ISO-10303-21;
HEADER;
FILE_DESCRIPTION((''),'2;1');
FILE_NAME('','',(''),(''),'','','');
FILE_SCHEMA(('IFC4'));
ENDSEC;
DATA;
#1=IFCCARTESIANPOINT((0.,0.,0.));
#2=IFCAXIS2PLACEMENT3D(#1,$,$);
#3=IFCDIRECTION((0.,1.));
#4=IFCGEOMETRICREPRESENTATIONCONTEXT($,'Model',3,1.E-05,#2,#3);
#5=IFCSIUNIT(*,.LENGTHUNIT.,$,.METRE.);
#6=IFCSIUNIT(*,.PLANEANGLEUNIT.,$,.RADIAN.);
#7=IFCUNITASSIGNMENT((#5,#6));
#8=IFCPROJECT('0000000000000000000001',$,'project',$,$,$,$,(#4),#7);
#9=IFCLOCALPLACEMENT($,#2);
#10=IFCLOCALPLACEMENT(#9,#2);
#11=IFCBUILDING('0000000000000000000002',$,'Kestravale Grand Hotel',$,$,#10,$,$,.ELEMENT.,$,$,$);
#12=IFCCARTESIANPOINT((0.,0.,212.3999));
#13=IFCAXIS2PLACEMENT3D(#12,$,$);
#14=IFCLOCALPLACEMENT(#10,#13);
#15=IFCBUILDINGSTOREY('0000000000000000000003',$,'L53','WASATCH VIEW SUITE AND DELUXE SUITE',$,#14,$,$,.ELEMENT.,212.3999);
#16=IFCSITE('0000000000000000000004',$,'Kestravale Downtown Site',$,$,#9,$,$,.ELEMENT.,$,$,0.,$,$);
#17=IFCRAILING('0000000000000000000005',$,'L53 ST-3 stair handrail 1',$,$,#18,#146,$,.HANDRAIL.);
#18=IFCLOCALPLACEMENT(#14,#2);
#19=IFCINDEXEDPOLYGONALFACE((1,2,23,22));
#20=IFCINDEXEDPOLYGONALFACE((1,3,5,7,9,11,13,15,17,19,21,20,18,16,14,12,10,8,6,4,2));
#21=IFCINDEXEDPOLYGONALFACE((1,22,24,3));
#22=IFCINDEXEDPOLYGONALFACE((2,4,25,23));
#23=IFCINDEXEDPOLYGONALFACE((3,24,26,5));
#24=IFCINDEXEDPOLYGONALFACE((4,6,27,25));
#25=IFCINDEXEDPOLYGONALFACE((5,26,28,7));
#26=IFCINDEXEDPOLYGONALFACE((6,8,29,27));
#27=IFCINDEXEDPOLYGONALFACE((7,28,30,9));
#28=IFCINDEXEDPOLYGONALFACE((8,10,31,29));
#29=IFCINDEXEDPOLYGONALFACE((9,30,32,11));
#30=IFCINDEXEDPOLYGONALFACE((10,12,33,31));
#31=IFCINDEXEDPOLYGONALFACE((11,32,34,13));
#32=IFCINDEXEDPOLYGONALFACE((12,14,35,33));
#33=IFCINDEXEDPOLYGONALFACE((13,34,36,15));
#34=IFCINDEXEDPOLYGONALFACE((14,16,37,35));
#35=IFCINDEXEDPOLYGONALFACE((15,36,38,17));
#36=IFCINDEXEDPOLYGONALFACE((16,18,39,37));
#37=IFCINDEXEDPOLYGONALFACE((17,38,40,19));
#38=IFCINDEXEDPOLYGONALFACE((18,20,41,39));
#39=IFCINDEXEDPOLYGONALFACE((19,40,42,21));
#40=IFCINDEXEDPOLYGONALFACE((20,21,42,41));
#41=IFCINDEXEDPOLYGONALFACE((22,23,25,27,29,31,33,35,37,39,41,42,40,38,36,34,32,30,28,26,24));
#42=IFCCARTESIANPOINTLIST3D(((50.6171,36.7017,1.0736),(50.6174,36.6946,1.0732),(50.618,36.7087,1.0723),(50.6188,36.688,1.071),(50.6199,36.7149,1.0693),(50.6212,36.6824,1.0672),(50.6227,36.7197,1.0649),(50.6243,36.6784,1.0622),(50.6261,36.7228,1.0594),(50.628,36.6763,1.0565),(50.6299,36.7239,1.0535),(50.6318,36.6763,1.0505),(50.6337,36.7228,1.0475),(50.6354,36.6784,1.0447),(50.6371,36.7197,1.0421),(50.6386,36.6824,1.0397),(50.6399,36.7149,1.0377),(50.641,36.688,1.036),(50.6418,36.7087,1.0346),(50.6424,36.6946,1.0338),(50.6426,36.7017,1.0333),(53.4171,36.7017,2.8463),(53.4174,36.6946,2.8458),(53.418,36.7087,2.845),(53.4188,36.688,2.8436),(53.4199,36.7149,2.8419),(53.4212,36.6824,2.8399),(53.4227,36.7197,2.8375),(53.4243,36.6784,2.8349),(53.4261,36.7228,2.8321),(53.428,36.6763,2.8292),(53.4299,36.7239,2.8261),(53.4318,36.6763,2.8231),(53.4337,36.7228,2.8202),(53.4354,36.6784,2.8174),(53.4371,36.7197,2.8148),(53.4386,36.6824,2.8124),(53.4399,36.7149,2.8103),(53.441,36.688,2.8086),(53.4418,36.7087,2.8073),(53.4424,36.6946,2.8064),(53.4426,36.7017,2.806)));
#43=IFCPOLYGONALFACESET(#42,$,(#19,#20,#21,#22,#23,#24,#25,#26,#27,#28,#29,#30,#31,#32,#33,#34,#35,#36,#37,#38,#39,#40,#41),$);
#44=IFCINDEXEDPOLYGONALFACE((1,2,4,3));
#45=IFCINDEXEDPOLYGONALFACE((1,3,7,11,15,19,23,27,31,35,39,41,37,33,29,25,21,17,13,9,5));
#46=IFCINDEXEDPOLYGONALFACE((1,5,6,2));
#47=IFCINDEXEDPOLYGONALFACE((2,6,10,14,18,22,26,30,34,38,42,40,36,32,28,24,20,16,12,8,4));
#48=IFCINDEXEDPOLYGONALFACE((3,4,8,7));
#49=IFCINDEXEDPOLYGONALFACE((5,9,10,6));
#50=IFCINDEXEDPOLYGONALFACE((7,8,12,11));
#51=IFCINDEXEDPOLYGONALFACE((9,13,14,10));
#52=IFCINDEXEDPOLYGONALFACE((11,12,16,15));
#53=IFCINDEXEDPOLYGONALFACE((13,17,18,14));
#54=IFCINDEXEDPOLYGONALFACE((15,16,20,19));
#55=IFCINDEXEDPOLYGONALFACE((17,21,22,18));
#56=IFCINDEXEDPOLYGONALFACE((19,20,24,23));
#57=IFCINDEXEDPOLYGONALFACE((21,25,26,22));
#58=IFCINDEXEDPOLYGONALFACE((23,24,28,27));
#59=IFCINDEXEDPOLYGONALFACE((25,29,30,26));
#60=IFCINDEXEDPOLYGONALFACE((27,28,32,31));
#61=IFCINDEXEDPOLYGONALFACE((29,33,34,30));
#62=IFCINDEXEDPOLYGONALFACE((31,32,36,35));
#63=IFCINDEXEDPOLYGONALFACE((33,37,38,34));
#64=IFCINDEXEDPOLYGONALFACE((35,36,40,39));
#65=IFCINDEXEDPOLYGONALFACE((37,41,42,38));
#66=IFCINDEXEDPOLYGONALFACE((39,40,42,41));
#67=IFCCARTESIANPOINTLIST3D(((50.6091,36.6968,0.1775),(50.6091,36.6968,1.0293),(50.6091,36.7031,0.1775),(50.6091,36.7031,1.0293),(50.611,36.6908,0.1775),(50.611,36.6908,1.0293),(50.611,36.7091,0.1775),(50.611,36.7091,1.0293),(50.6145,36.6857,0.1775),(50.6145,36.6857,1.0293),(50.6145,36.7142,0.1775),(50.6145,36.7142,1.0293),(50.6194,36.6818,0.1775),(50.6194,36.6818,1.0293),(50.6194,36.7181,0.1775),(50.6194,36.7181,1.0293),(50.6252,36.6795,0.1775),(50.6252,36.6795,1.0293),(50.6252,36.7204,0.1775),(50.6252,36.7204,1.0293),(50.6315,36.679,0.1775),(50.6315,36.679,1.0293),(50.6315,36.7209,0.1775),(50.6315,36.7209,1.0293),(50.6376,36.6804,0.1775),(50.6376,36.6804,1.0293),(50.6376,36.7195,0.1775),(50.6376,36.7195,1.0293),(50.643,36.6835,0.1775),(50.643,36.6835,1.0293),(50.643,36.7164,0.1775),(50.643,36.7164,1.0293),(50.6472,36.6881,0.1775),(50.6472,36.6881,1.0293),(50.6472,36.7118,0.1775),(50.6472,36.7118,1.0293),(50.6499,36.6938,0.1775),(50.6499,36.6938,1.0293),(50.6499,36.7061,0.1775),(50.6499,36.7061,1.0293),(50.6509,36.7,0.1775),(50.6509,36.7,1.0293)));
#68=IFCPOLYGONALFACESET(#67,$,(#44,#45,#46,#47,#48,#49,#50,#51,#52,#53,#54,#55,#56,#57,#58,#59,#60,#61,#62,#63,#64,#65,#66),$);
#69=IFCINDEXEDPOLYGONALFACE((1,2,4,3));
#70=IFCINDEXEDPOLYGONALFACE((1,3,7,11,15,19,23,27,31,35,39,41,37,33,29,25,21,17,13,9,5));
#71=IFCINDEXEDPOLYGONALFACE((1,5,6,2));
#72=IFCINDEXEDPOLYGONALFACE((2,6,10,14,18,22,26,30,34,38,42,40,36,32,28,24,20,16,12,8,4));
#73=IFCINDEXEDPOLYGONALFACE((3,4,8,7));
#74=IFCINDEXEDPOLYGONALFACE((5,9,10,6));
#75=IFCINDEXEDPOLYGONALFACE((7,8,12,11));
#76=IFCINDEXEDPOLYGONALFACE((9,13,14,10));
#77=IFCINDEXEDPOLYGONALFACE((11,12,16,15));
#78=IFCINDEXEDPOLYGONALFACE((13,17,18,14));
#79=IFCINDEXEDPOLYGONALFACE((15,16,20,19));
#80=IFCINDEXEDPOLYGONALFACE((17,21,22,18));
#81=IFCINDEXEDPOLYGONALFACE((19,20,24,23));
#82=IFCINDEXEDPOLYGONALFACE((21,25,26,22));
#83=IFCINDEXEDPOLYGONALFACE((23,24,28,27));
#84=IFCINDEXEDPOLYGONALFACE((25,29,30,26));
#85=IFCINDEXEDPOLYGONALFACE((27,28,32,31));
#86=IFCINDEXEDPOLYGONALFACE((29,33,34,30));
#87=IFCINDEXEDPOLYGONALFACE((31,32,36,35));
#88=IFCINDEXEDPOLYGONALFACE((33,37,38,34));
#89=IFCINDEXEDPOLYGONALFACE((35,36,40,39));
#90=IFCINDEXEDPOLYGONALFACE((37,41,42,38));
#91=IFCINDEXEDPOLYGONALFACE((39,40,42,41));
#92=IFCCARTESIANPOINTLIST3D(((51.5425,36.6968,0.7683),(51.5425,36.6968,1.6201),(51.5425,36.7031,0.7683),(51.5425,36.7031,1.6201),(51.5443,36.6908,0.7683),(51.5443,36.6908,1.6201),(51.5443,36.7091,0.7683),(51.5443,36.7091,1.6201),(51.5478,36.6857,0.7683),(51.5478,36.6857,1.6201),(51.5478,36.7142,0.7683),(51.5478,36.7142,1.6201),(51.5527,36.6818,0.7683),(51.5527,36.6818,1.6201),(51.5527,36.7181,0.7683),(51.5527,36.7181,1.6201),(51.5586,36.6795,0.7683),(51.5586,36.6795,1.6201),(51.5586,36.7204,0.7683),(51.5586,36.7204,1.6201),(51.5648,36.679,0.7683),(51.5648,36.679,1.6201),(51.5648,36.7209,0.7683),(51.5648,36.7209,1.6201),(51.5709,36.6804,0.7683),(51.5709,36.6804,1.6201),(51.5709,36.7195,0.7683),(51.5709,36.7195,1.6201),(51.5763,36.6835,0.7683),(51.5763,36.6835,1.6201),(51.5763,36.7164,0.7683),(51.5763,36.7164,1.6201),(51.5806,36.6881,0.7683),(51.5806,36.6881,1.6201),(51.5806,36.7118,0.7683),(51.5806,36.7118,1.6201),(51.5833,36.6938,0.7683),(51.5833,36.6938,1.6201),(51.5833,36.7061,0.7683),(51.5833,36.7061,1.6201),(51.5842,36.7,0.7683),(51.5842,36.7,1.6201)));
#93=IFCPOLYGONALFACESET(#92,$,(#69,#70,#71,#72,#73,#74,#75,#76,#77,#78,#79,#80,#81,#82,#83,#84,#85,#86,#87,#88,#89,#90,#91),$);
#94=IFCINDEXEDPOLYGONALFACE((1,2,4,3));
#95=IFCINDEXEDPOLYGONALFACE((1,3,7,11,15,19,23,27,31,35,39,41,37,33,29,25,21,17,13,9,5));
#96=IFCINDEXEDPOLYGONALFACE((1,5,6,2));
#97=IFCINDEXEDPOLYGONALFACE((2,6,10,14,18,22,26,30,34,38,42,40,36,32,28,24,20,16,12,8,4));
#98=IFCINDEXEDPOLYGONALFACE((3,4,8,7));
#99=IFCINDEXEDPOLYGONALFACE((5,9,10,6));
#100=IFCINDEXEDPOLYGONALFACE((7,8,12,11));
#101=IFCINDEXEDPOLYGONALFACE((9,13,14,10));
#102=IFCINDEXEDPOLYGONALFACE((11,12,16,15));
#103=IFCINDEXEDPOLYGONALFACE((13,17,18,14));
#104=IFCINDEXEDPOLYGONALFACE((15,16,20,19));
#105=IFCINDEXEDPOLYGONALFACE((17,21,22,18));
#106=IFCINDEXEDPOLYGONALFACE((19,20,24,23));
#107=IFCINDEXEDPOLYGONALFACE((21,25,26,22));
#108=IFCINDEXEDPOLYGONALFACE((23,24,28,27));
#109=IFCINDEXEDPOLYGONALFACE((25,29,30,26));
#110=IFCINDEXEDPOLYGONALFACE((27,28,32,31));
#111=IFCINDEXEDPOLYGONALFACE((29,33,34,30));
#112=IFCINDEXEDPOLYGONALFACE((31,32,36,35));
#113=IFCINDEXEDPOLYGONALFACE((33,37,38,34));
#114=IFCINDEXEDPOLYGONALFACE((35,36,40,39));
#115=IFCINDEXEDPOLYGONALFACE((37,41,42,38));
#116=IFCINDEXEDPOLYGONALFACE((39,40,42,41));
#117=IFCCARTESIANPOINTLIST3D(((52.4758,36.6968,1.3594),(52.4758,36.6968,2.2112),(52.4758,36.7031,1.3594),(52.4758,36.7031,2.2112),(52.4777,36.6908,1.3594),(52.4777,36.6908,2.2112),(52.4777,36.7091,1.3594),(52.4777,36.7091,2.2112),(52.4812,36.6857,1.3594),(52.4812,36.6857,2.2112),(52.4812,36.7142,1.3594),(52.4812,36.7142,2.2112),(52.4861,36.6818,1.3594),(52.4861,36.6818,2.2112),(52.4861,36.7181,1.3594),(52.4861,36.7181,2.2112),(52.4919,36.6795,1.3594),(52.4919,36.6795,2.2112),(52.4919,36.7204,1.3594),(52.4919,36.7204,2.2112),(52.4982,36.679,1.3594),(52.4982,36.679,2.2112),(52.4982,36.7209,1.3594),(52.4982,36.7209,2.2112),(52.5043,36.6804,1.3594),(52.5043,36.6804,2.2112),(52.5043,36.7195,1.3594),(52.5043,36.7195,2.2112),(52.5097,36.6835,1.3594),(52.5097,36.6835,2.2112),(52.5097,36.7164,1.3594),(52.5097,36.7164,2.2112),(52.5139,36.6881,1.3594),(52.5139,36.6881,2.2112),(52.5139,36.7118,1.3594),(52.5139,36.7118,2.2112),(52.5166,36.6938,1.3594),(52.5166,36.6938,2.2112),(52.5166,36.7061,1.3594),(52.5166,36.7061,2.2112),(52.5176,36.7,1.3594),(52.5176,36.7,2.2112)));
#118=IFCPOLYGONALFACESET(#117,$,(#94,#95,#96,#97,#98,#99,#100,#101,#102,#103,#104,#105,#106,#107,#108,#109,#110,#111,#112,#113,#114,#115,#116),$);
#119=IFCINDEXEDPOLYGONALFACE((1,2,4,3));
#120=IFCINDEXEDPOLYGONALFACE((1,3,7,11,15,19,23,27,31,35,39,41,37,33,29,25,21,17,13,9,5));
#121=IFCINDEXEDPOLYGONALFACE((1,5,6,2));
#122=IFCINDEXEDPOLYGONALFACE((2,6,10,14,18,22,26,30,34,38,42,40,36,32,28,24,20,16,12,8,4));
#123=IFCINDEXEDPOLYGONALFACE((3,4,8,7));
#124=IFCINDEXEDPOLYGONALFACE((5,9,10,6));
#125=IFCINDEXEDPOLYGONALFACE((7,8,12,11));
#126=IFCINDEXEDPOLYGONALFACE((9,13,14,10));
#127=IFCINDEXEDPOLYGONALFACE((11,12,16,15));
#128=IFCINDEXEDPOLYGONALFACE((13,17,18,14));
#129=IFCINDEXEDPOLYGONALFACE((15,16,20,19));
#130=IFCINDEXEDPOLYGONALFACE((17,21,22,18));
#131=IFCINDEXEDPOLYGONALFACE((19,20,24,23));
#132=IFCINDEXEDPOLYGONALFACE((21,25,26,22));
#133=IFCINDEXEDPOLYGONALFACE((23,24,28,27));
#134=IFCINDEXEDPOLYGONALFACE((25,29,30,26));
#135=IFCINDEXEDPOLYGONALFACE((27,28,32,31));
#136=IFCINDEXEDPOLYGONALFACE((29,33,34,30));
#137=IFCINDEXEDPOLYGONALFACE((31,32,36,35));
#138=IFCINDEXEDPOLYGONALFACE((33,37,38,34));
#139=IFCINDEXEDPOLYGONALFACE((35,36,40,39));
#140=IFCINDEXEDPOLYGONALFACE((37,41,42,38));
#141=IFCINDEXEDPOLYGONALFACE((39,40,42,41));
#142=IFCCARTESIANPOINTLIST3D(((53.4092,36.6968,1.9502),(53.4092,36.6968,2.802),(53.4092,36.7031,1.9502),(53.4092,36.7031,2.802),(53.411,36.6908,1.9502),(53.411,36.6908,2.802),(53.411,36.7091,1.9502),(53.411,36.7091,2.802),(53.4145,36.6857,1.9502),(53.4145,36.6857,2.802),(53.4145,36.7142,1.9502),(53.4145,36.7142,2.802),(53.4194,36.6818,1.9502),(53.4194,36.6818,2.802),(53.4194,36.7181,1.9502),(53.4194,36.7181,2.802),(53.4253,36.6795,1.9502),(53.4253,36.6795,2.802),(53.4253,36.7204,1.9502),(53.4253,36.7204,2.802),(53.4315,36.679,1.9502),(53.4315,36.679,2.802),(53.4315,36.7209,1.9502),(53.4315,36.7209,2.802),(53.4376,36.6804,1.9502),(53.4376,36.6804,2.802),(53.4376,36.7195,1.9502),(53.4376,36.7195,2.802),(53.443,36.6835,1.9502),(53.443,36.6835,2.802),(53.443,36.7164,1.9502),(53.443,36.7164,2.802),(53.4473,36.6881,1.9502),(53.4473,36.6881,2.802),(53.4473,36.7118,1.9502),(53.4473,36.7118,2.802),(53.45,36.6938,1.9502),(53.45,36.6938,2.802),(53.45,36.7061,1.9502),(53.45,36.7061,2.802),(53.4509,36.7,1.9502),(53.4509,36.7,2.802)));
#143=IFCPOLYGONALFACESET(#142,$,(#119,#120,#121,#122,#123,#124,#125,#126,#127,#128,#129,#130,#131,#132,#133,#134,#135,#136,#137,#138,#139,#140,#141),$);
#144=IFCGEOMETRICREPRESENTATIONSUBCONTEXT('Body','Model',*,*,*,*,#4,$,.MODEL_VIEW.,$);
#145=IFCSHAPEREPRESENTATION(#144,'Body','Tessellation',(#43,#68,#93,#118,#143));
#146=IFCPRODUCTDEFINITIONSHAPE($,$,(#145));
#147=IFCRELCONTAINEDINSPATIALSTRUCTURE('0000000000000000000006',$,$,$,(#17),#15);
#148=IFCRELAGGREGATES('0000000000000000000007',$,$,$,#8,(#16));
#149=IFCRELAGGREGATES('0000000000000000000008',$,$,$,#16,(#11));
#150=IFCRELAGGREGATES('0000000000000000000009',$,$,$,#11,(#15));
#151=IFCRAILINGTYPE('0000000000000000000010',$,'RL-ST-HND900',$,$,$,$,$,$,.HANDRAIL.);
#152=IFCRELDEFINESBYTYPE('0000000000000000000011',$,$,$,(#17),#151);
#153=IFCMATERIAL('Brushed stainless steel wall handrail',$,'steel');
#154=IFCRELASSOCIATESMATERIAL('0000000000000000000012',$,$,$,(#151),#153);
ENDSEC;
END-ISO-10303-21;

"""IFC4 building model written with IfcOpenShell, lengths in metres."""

from ifc_helpers import new_model, si_unit, direction, frame, origin, origin_2d, place, context, subcontext, project, spatial, circle, extrude, material, type_object, element, save


model = new_model("IFC4")

# Units and contexts
model_context = context("Model", 3, precision=1e-05, world=origin(), true_north=direction((0.0, 1.0)))
body_context = subcontext(model_context, "Body", "Model", "MODEL_VIEW")
ifc_project = project(units=[si_unit("LENGTHUNIT", "METRE"), si_unit("PLANEANGLEUNIT", "RADIAN")], contexts=[model_context])

# Site, building, storey
site_placement = place(None, origin())
site = spatial("IfcSite", under=ifc_project, at=site_placement, Name="Kestravale Downtown Site", CompositionType="ELEMENT", RefElevation=0.0)
building_placement = place(site_placement, origin())
building = spatial("IfcBuilding", under=site, at=building_placement, Name="Kestravale Grand Hotel", CompositionType="ELEMENT")
storey_placement = place(building_placement, frame((0.0, 0.0, 212.3999)))
storey = spatial("IfcBuildingStorey", under=building, at=storey_placement, Name="L53", Description="WASATCH VIEW SUITE AND DELUXE SUITE", CompositionType="ELEMENT", Elevation=212.3999)

# Railing
ifc_material_1 = material(Name="Brushed stainless steel wall handrail", Category="steel")
railing_type_1 = type_object("IfcRailingType", Name="RL-ST-HND900", PredefinedType="HANDRAIL", material=ifc_material_1)
railing_1_placement = place(storey_placement, frame((50.6299, 36.7, 0.1775)))
element("IfcRailing", 1, at=railing_1_placement, inside=storey, type_object=railing_type_1, Name="L53 ST-3 stair handrail 1", PredefinedType="HANDRAIL", context=body_context, shape_type="SweptSolid", body=[
    extrude(circle(Radius=0.0239, at=origin_2d()), frame((0.0, 0.0, 0.876), z_axis=(0.844909, 0.0, 0.53491), x_axis=(0.0, 1.0, 0.0)), (0.0, 0.0, 1.0), 3.314),
    extrude(circle(Radius=0.021, at=origin_2d()), origin(), (0.0, 0.0, 1.0), 0.8518),
    extrude(circle(Radius=0.021, at=origin_2d()), frame((0.9333, 0.0, 0.5908)), (0.0, 0.0, 1.0), 0.8518),
    extrude(circle(Radius=0.021, at=origin_2d()), frame((1.8667, 0.0, 1.1819)), (0.0, 0.0, 1.0), 0.8518),
    extrude(circle(Radius=0.021, at=origin_2d()), frame((2.8, 0.0, 1.7727)), (0.0, 0.0, 1.0), 0.8518),
])

save(model, "model.ifc")
